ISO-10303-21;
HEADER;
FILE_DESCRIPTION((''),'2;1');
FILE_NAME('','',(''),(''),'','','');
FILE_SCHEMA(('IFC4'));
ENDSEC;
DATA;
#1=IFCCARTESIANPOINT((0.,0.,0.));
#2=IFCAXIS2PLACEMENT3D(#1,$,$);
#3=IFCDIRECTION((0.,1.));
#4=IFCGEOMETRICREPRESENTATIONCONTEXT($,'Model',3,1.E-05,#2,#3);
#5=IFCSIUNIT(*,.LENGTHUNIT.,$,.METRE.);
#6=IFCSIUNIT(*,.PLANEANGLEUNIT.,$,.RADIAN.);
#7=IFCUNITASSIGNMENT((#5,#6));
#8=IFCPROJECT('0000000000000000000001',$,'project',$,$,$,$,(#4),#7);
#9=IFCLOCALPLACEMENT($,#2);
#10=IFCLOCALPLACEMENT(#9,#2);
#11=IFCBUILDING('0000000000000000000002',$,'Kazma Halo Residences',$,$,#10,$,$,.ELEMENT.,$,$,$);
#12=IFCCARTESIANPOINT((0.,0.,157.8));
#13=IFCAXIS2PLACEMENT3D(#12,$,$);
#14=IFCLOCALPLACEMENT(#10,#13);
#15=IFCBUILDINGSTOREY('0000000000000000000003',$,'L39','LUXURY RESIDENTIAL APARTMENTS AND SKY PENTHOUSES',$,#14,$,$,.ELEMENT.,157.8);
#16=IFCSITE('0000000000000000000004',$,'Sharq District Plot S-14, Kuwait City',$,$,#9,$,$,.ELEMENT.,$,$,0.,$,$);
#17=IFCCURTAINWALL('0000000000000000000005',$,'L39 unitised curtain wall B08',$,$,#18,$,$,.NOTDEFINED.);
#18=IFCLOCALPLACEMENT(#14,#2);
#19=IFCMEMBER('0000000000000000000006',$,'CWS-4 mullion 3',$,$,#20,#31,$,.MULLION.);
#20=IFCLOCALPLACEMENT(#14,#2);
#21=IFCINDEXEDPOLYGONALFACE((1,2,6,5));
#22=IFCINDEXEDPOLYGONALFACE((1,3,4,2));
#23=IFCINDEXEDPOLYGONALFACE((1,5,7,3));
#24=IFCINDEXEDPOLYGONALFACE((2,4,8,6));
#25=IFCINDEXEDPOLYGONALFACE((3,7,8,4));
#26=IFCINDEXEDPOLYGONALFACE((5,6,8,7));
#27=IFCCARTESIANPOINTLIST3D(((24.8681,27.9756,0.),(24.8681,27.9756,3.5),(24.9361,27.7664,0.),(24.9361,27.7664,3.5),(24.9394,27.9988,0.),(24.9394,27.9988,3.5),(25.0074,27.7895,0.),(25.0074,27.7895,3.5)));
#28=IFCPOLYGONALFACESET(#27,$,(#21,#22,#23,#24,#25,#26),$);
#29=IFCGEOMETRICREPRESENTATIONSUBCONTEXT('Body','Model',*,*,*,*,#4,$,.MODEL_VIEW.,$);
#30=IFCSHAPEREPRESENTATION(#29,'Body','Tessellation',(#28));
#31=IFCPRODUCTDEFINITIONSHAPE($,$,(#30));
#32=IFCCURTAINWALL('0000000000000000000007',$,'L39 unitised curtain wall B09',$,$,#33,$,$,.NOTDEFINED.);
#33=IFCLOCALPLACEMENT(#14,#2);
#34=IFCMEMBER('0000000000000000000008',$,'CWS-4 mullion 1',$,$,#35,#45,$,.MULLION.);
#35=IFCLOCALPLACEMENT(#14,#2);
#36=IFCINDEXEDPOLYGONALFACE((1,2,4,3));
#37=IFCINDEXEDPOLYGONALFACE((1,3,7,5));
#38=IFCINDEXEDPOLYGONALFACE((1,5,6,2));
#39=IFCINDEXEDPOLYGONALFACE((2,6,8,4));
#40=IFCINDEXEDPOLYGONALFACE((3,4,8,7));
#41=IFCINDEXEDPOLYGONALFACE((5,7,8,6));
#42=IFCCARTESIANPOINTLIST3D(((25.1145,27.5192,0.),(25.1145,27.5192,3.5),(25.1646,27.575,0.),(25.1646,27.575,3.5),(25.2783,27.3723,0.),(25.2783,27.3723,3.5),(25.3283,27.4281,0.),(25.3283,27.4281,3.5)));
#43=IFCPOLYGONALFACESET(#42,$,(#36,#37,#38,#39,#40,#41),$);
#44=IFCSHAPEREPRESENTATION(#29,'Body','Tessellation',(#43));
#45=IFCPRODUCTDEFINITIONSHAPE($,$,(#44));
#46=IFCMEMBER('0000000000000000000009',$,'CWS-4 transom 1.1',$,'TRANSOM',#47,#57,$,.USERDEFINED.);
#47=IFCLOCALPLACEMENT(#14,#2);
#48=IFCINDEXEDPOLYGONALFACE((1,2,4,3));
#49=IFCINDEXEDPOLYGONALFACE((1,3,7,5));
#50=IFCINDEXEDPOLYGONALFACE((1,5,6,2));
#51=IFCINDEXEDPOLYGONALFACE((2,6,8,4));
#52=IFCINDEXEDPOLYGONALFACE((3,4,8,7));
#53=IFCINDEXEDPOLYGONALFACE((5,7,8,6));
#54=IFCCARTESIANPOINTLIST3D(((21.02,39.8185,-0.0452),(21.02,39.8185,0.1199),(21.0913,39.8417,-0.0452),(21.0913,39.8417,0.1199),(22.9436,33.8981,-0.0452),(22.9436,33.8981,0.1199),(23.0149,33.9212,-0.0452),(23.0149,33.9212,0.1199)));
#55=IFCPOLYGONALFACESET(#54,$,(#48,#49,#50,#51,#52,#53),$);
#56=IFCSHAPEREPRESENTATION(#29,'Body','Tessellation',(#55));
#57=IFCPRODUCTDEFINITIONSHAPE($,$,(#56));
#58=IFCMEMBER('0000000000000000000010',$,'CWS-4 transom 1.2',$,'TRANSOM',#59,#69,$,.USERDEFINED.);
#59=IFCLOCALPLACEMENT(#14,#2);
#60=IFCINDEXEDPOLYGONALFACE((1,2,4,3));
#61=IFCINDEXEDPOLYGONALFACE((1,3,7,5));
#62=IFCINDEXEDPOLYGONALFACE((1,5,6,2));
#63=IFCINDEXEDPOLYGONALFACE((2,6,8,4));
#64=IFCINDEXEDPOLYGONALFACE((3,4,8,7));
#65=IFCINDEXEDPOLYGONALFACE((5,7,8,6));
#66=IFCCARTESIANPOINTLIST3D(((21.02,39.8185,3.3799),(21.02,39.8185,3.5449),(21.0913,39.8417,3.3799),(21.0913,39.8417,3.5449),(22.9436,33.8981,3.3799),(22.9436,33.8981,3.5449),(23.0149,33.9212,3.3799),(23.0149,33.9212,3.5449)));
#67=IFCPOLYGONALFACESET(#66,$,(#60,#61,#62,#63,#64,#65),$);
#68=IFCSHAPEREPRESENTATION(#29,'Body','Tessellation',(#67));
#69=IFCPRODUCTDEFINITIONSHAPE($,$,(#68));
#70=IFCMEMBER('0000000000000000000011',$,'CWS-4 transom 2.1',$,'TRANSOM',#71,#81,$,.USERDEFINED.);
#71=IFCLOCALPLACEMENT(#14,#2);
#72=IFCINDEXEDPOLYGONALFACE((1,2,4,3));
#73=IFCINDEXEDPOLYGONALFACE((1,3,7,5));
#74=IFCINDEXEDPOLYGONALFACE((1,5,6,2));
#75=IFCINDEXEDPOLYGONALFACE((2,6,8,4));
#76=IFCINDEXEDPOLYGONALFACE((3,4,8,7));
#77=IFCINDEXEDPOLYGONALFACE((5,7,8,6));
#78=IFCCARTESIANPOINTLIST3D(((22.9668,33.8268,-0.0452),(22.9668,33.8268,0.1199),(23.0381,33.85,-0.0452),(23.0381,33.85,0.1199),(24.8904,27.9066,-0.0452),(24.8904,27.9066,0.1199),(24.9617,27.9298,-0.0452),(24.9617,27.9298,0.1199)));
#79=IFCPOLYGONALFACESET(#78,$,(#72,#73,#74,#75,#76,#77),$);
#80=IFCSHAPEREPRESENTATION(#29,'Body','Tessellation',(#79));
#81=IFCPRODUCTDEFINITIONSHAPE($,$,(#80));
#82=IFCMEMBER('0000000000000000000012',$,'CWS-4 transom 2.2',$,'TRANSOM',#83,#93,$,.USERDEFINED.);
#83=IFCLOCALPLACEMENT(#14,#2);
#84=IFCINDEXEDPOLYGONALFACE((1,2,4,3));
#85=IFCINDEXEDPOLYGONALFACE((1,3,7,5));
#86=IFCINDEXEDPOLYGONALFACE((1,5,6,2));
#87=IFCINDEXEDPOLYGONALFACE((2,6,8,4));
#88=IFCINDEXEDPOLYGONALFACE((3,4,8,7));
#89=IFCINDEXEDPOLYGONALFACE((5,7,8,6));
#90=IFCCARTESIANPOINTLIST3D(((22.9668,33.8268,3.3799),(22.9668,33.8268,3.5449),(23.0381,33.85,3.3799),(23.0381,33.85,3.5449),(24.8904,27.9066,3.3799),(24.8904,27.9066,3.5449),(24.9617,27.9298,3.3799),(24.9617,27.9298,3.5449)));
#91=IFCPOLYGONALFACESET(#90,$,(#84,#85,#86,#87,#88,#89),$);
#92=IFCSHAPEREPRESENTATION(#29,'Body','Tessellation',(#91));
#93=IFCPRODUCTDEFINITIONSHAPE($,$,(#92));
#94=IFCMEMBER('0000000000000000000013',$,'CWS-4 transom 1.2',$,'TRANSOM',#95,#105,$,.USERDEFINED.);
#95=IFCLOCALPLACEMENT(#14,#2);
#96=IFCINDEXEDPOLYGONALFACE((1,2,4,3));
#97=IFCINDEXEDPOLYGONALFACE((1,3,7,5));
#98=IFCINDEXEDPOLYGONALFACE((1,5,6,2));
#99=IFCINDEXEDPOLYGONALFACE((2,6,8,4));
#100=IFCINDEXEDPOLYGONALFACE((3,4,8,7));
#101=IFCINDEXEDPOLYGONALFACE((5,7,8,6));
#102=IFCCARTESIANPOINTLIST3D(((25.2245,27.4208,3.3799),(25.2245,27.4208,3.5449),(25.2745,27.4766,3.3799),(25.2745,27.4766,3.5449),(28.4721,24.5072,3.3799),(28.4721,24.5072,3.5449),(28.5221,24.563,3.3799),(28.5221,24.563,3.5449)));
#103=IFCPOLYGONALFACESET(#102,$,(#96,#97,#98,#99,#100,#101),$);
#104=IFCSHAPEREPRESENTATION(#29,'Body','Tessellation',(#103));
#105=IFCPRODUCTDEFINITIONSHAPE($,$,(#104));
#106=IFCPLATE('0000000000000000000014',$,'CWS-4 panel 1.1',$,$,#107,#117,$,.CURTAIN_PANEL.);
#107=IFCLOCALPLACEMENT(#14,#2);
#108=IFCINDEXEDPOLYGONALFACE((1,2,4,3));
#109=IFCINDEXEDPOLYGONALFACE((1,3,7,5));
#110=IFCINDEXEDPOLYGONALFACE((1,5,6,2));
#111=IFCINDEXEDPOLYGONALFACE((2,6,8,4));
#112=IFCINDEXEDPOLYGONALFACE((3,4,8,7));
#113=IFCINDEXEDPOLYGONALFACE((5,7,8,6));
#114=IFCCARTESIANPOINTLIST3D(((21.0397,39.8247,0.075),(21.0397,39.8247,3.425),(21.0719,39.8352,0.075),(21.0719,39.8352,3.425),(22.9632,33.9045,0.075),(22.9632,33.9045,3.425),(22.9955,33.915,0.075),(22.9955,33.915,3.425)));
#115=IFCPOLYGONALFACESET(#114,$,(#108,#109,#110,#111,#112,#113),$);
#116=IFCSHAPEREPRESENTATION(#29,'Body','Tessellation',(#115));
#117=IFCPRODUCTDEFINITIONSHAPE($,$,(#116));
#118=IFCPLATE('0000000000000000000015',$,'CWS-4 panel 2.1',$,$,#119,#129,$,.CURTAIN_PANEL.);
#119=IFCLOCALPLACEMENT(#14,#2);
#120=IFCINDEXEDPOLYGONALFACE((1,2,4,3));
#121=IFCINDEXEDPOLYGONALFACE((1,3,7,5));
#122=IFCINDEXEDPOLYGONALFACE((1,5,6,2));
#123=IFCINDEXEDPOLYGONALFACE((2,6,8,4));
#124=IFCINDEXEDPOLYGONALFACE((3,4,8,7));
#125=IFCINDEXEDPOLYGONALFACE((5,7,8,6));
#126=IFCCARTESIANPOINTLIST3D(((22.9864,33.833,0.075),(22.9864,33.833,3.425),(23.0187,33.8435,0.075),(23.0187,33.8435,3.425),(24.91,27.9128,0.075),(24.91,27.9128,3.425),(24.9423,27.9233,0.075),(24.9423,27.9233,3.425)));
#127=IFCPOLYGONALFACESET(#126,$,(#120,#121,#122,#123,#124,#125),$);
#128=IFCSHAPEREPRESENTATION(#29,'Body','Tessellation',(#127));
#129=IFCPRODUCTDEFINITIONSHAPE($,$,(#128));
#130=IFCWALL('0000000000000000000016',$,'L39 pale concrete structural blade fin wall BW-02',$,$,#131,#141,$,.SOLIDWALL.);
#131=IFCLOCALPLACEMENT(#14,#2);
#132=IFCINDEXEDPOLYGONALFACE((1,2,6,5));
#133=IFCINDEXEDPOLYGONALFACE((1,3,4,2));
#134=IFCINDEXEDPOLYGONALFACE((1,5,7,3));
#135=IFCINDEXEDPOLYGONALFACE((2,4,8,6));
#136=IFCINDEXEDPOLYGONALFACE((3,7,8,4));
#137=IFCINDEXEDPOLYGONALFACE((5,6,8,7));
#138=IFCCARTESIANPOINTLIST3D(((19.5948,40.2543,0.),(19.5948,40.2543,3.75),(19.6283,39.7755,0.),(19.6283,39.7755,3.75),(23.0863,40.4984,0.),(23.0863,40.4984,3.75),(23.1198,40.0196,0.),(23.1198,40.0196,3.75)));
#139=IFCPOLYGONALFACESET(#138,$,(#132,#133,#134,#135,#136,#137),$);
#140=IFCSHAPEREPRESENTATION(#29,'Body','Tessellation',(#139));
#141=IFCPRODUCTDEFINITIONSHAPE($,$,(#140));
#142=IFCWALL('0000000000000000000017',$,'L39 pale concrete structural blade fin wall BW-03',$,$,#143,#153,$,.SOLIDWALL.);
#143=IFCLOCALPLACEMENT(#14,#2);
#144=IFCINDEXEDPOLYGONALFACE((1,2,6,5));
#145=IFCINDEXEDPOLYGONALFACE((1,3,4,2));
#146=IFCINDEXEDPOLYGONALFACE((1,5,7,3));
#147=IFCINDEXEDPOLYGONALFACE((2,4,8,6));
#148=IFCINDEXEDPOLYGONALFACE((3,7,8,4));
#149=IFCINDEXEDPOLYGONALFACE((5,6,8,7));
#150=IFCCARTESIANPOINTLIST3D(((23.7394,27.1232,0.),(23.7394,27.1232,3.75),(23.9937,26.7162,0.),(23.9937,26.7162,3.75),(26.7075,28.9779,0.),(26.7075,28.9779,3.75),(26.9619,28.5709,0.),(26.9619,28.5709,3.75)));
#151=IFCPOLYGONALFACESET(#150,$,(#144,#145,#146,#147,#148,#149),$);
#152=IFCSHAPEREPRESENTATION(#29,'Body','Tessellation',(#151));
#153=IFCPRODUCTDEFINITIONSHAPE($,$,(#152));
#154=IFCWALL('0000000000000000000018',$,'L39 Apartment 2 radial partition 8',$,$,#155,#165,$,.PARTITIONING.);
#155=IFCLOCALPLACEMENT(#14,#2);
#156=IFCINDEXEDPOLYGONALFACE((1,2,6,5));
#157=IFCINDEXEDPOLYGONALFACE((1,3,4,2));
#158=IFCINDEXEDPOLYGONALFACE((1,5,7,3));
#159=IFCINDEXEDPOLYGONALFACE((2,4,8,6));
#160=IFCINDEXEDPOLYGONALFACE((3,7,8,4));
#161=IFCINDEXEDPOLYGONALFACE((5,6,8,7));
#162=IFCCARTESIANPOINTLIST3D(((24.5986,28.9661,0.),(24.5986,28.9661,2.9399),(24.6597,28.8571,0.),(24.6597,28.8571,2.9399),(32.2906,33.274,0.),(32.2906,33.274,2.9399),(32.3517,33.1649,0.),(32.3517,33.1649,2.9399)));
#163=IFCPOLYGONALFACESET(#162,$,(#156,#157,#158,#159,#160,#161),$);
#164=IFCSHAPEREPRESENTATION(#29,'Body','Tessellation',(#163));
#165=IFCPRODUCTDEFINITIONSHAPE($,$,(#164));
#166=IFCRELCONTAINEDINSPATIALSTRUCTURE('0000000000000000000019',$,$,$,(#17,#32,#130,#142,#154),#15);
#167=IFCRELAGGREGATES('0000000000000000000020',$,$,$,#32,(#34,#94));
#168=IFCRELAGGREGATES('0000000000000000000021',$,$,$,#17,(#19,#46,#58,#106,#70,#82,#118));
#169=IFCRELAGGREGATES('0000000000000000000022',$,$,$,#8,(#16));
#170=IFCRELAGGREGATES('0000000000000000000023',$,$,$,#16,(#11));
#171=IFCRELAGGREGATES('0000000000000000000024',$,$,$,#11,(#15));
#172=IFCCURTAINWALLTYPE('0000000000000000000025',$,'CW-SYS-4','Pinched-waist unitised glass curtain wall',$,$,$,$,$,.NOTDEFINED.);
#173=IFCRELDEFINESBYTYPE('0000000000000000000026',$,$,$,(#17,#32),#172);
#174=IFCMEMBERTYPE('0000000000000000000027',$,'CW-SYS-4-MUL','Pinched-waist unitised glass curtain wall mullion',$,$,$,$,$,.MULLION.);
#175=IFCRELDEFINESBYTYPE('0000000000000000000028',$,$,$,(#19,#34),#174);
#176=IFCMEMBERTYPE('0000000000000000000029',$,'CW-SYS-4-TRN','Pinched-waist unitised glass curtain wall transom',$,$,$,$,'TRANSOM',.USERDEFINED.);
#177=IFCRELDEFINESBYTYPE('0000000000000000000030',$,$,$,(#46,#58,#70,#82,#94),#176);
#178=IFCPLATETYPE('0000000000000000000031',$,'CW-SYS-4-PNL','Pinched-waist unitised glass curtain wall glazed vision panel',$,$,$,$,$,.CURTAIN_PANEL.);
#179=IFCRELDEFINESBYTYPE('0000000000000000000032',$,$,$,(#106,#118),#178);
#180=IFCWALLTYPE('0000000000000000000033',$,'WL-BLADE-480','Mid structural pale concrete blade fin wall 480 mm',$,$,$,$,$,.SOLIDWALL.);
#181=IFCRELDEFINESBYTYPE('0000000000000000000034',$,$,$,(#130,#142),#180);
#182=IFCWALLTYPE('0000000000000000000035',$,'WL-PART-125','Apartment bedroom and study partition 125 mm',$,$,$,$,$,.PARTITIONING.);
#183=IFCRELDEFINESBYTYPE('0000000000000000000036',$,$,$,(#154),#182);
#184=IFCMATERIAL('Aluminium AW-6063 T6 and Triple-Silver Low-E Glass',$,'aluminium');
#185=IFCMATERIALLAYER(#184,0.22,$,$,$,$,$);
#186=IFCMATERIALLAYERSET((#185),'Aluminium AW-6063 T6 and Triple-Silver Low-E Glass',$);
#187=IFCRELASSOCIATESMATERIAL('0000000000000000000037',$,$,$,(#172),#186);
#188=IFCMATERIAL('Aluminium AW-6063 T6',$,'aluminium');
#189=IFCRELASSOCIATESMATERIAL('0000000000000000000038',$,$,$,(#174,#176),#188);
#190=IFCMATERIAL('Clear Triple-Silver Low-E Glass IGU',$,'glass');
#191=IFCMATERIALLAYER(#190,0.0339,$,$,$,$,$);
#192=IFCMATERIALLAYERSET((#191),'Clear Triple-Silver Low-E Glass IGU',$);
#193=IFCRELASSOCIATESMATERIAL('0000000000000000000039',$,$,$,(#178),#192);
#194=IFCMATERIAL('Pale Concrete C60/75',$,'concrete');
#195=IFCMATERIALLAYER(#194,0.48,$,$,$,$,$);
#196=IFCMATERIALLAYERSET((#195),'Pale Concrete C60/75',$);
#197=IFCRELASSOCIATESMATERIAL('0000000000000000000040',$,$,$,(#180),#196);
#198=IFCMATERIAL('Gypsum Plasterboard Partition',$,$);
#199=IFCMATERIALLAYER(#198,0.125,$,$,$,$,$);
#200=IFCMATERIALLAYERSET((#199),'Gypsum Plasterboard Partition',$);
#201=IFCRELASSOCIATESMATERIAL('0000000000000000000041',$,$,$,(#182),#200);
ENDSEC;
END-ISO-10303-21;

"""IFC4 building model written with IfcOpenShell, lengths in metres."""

from ifc_helpers import new_model, si_unit, direction, frame, frame_2d, origin, origin_2d, place, context, subcontext, project, spatial, rectangle, extrude, material, layer, layer_set, material_profile, profile_set, type_object, element, aggregate, save


model = new_model("IFC4")

# Units and contexts
model_context = context("Model", 3, precision=1e-05, world=origin(), true_north=direction((0.0, 1.0)))
body_context = subcontext(model_context, "Body", "Model", "MODEL_VIEW")
ifc_project = project(units=[si_unit("LENGTHUNIT", "METRE"), si_unit("PLANEANGLEUNIT", "RADIAN")], contexts=[model_context])

# Site, building, storey
site_placement = place(None, origin())
site = spatial("IfcSite", under=ifc_project, at=site_placement, Name="Sharq District Plot S-14, Kuwait City", CompositionType="ELEMENT", RefElevation=0.0)
building_placement = place(site_placement, origin())
building = spatial("IfcBuilding", under=site, at=building_placement, Name="Kazma Halo Residences", CompositionType="ELEMENT")
storey_placement = place(building_placement, frame((0.0, 0.0, 157.8)))
storey = spatial("IfcBuildingStorey", under=building, at=storey_placement, Name="L39", Description="LUXURY RESIDENTIAL APARTMENTS AND SKY PENTHOUSES", CompositionType="ELEMENT", Elevation=157.8)

# Shared definitions
ifc_material_1 = material(Name="Aluminium AW-6063 T6 and Triple-Silver Low-E Glass", Category="aluminium")
ifc_layer_1 = layer(ifc_material_1, 0.22)
ifc_layer_set_1 = layer_set([ifc_layer_1], Name="Aluminium AW-6063 T6 and Triple-Silver Low-E Glass")
curtain_wall_type = type_object("IfcCurtainWallType", Name="CW-SYS-4", Description="Pinched-waist unitised glass curtain wall", PredefinedType="NOTDEFINED", material=ifc_layer_set_1)
ifc_material_2 = material(Name="Aluminium AW-6063 T6", Category="aluminium")
ifc_material_profile_1 = material_profile(ifc_material_2, rectangle(XDim=0.075, YDim=0.22, at=origin_2d()), Name="CWM-75x220")
ifc_profile_set_1 = profile_set([ifc_material_profile_1], Name="Aluminium AW-6063 T6")
member_type_1 = type_object("IfcMemberType", Name="CW-SYS-4-MUL", Description="Pinched-waist unitised glass curtain wall mullion", PredefinedType="MULLION", material=ifc_profile_set_1)

# Curtain wall, member
curtain_wall_1_placement = place(storey_placement, origin())
curtain_wall_1 = element("IfcCurtainWall", 1, at=curtain_wall_1_placement, inside=storey, type_object=curtain_wall_type, Name="L39 unitised curtain wall B08", PredefinedType="NOTDEFINED")
member_1_placement = place(storey_placement, frame((24.9377, 27.8826, 0.0), z_axis=(0.0, 0.0, 1.0), x_axis=(0.951058, 0.309014, 0.0)))
member_1 = element("IfcMember", 2, at=member_1_placement, type_object=member_type_1, Name="CWS-4 mullion 3", PredefinedType="MULLION", context=body_context, shape_type="SweptSolid", body=[
    extrude(rectangle(XDim=0.075, YDim=0.22, at=origin_2d()), origin(), (0.0, 0.0, 1.0), 3.5),
])

# Curtain wall, member
curtain_wall_2_placement = place(storey_placement, origin())
curtain_wall_2 = element("IfcCurtainWall", 3, at=curtain_wall_2_placement, inside=storey, type_object=curtain_wall_type, Name="L39 unitised curtain wall B09", PredefinedType="NOTDEFINED")
member_2_placement = place(storey_placement, frame((25.2214, 27.4736, 0.0), z_axis=(0.0, 0.0, 1.0), x_axis=(0.66777, 0.744368, 0.0)))
member_2 = element("IfcMember", 4, at=member_2_placement, type_object=member_type_1, Name="CWS-4 mullion 1", PredefinedType="MULLION", context=body_context, shape_type="SweptSolid", body=[
    extrude(rectangle(XDim=0.075, YDim=0.22, at=origin_2d()), origin(), (0.0, 0.0, 1.0), 3.5),
])

# Members
ifc_material_profile_2 = material_profile(ifc_material_2, rectangle(XDim=0.075, YDim=0.165, at=origin_2d()), Name="CWT-75x165")
ifc_profile_set_2 = profile_set([ifc_material_profile_2], Name="Aluminium AW-6063 T6")
member_type_2 = type_object("IfcMemberType", Name="CW-SYS-4-TRN", Description="Pinched-waist unitised glass curtain wall transom", ElementType="TRANSOM", PredefinedType="USERDEFINED", material=ifc_profile_set_2)
member_3_placement = place(storey_placement, frame((21.0557, 39.8301, 0.0374), z_axis=(0.309006, -0.95106, 0.0), x_axis=(0.95106, 0.309006, 0.0)))
member_3 = element("IfcMember", 5, at=member_3_placement, type_object=member_type_2, Name="CWS-4 transom 1.1", ObjectType="TRANSOM", PredefinedType="USERDEFINED", context=body_context, shape_type="SweptSolid", body=[
    extrude(rectangle(XDim=0.075, YDim=0.165, at=origin_2d()), origin(), (0.0, 0.0, 1.0), 6.2251),
])
member_4_placement = place(storey_placement, frame((21.0557, 39.8301, 3.4624), z_axis=(0.309006, -0.95106, 0.0), x_axis=(0.95106, 0.309006, 0.0)))
member_4 = element("IfcMember", 6, at=member_4_placement, type_object=member_type_2, Name="CWS-4 transom 1.2", ObjectType="TRANSOM", PredefinedType="USERDEFINED", context=body_context, shape_type="SweptSolid", body=[
    extrude(rectangle(XDim=0.075, YDim=0.165, at=origin_2d()), origin(), (0.0, 0.0, 1.0), 6.2251),
])
member_5_placement = place(storey_placement, frame((23.0024, 33.8384, 0.0374), z_axis=(0.309018, -0.951056, 0.0), x_axis=(0.951056, 0.309018, 0.0)))
member_5 = element("IfcMember", 7, at=member_5_placement, type_object=member_type_2, Name="CWS-4 transom 2.1", ObjectType="TRANSOM", PredefinedType="USERDEFINED", context=body_context, shape_type="SweptSolid", body=[
    extrude(rectangle(XDim=0.075, YDim=0.165, at=origin_2d()), origin(), (0.0, 0.0, 1.0), 6.2249),
])
member_6_placement = place(storey_placement, frame((23.0024, 33.8384, 3.4624), z_axis=(0.309018, -0.951056, 0.0), x_axis=(0.951056, 0.309018, 0.0)))
member_6 = element("IfcMember", 8, at=member_6_placement, type_object=member_type_2, Name="CWS-4 transom 2.2", ObjectType="TRANSOM", PredefinedType="USERDEFINED", context=body_context, shape_type="SweptSolid", body=[
    extrude(rectangle(XDim=0.075, YDim=0.165, at=origin_2d()), origin(), (0.0, 0.0, 1.0), 6.2249),
])
member_7_placement = place(storey_placement, frame((25.2495, 27.4487, 3.4624), z_axis=(0.744345, -0.667795, 0.0), x_axis=(0.667795, 0.744345, 0.0)))
member_7 = element("IfcMember", 9, at=member_7_placement, type_object=member_type_2, Name="CWS-4 transom 1.2", ObjectType="TRANSOM", PredefinedType="USERDEFINED", context=body_context, shape_type="SweptSolid", body=[
    extrude(rectangle(XDim=0.075, YDim=0.165, at=origin_2d()), origin(), (0.0, 0.0, 1.0), 4.363),
])
aggregate(curtain_wall_2, [member_2, member_7])

# Plates
ifc_material_3 = material(Name="Clear Triple-Silver Low-E Glass IGU", Category="glass")
ifc_layer_2 = layer(ifc_material_3, 0.0339)
ifc_layer_set_2 = layer_set([ifc_layer_2], Name="Clear Triple-Silver Low-E Glass IGU")
plate_type = type_object("IfcPlateType", Name="CW-SYS-4-PNL", Description="Pinched-waist unitised glass curtain wall glazed vision panel", PredefinedType="CURTAIN_PANEL", material=ifc_layer_set_2)
plate_1_placement = place(storey_placement, frame((22.0176, 36.8699, 0.075), z_axis=(0.0, 0.0, 1.0), x_axis=(0.309014, -0.951058, 0.0)))
plate_1 = element("IfcPlate", 10, at=plate_1_placement, type_object=plate_type, Name="CWS-4 panel 1.1", PredefinedType="CURTAIN_PANEL", context=body_context, shape_type="SweptSolid", body=[
    extrude(rectangle(XDim=6.2249, YDim=0.0339, at=origin_2d()), origin(), (0.0, 0.0, 1.0), 3.3501),
])
plate_2_placement = place(storey_placement, frame((23.9644, 30.8782, 0.075), z_axis=(0.0, 0.0, 1.0), x_axis=(0.309014, -0.951058, 0.0)))
plate_2 = element("IfcPlate", 11, at=plate_2_placement, type_object=plate_type, Name="CWS-4 panel 2.1", PredefinedType="CURTAIN_PANEL", context=body_context, shape_type="SweptSolid", body=[
    extrude(rectangle(XDim=6.2249, YDim=0.0339, at=origin_2d()), origin(), (0.0, 0.0, 1.0), 3.3501),
])
aggregate(curtain_wall_1, [member_1, member_3, member_4, plate_1, member_5, member_6, plate_2])

# Walls
ifc_material_4 = material(Name="Pale Concrete C60/75", Category="concrete")
ifc_layer_3 = layer(ifc_material_4, 0.48)
ifc_layer_set_3 = layer_set([ifc_layer_3], Name="Pale Concrete C60/75")
wall_type_1 = type_object("IfcWallType", Name="WL-BLADE-480", Description="Mid structural pale concrete blade fin wall 480 mm", PredefinedType="SOLIDWALL", material=ifc_layer_set_3)
for number, where, z_axis, x_axis, name in (
    (12, (23.103, 40.259, 0.0), (0.0, 0.0, 1.0), (-0.997564, -0.069755, 0.0), "L39 pale concrete structural blade fin wall BW-02"),
    (13, (26.8347, 28.7744, 0.0), (0.0, 0.0, 1.0), (-0.848053, -0.529911, 0.0), "L39 pale concrete structural blade fin wall BW-03"),
):
    element("IfcWall", number, at=place(storey_placement, frame(where, z_axis=z_axis, x_axis=x_axis)), inside=storey, type_object=wall_type_1, Name=name, PredefinedType="SOLIDWALL", context=body_context, shape_type="SweptSolid", body=[
        extrude(rectangle(XDim=3.5, YDim=0.48, at=frame_2d((1.75, 0.0))), origin(), (0.0, 0.0, 1.0), 3.75),
    ])
ifc_material_5 = material(Name="Gypsum Plasterboard Partition")
ifc_layer_4 = layer(ifc_material_5, 0.125)
ifc_layer_set_4 = layer_set([ifc_layer_4], Name="Gypsum Plasterboard Partition")
wall_type_2 = type_object("IfcWallType", Name="WL-PART-125", Description="Apartment bedroom and study partition 125 mm", PredefinedType="PARTITIONING", material=ifc_layer_set_4)
wall_1_placement = place(storey_placement, frame((32.3213, 33.2195, 0.0), z_axis=(0.0, 0.0, 1.0), x_axis=(-0.872493, -0.488626, 0.0)))
element("IfcWall", 14, at=wall_1_placement, inside=storey, type_object=wall_type_2, Name="L39 Apartment 2 radial partition 8", PredefinedType="PARTITIONING", context=body_context, shape_type="SweptSolid", body=[
    extrude(rectangle(XDim=8.8162, YDim=0.125, at=frame_2d((4.4082, 0.0))), origin(), (0.0, 0.0, 1.0), 2.9399),
])

save(model, "model.ifc")
